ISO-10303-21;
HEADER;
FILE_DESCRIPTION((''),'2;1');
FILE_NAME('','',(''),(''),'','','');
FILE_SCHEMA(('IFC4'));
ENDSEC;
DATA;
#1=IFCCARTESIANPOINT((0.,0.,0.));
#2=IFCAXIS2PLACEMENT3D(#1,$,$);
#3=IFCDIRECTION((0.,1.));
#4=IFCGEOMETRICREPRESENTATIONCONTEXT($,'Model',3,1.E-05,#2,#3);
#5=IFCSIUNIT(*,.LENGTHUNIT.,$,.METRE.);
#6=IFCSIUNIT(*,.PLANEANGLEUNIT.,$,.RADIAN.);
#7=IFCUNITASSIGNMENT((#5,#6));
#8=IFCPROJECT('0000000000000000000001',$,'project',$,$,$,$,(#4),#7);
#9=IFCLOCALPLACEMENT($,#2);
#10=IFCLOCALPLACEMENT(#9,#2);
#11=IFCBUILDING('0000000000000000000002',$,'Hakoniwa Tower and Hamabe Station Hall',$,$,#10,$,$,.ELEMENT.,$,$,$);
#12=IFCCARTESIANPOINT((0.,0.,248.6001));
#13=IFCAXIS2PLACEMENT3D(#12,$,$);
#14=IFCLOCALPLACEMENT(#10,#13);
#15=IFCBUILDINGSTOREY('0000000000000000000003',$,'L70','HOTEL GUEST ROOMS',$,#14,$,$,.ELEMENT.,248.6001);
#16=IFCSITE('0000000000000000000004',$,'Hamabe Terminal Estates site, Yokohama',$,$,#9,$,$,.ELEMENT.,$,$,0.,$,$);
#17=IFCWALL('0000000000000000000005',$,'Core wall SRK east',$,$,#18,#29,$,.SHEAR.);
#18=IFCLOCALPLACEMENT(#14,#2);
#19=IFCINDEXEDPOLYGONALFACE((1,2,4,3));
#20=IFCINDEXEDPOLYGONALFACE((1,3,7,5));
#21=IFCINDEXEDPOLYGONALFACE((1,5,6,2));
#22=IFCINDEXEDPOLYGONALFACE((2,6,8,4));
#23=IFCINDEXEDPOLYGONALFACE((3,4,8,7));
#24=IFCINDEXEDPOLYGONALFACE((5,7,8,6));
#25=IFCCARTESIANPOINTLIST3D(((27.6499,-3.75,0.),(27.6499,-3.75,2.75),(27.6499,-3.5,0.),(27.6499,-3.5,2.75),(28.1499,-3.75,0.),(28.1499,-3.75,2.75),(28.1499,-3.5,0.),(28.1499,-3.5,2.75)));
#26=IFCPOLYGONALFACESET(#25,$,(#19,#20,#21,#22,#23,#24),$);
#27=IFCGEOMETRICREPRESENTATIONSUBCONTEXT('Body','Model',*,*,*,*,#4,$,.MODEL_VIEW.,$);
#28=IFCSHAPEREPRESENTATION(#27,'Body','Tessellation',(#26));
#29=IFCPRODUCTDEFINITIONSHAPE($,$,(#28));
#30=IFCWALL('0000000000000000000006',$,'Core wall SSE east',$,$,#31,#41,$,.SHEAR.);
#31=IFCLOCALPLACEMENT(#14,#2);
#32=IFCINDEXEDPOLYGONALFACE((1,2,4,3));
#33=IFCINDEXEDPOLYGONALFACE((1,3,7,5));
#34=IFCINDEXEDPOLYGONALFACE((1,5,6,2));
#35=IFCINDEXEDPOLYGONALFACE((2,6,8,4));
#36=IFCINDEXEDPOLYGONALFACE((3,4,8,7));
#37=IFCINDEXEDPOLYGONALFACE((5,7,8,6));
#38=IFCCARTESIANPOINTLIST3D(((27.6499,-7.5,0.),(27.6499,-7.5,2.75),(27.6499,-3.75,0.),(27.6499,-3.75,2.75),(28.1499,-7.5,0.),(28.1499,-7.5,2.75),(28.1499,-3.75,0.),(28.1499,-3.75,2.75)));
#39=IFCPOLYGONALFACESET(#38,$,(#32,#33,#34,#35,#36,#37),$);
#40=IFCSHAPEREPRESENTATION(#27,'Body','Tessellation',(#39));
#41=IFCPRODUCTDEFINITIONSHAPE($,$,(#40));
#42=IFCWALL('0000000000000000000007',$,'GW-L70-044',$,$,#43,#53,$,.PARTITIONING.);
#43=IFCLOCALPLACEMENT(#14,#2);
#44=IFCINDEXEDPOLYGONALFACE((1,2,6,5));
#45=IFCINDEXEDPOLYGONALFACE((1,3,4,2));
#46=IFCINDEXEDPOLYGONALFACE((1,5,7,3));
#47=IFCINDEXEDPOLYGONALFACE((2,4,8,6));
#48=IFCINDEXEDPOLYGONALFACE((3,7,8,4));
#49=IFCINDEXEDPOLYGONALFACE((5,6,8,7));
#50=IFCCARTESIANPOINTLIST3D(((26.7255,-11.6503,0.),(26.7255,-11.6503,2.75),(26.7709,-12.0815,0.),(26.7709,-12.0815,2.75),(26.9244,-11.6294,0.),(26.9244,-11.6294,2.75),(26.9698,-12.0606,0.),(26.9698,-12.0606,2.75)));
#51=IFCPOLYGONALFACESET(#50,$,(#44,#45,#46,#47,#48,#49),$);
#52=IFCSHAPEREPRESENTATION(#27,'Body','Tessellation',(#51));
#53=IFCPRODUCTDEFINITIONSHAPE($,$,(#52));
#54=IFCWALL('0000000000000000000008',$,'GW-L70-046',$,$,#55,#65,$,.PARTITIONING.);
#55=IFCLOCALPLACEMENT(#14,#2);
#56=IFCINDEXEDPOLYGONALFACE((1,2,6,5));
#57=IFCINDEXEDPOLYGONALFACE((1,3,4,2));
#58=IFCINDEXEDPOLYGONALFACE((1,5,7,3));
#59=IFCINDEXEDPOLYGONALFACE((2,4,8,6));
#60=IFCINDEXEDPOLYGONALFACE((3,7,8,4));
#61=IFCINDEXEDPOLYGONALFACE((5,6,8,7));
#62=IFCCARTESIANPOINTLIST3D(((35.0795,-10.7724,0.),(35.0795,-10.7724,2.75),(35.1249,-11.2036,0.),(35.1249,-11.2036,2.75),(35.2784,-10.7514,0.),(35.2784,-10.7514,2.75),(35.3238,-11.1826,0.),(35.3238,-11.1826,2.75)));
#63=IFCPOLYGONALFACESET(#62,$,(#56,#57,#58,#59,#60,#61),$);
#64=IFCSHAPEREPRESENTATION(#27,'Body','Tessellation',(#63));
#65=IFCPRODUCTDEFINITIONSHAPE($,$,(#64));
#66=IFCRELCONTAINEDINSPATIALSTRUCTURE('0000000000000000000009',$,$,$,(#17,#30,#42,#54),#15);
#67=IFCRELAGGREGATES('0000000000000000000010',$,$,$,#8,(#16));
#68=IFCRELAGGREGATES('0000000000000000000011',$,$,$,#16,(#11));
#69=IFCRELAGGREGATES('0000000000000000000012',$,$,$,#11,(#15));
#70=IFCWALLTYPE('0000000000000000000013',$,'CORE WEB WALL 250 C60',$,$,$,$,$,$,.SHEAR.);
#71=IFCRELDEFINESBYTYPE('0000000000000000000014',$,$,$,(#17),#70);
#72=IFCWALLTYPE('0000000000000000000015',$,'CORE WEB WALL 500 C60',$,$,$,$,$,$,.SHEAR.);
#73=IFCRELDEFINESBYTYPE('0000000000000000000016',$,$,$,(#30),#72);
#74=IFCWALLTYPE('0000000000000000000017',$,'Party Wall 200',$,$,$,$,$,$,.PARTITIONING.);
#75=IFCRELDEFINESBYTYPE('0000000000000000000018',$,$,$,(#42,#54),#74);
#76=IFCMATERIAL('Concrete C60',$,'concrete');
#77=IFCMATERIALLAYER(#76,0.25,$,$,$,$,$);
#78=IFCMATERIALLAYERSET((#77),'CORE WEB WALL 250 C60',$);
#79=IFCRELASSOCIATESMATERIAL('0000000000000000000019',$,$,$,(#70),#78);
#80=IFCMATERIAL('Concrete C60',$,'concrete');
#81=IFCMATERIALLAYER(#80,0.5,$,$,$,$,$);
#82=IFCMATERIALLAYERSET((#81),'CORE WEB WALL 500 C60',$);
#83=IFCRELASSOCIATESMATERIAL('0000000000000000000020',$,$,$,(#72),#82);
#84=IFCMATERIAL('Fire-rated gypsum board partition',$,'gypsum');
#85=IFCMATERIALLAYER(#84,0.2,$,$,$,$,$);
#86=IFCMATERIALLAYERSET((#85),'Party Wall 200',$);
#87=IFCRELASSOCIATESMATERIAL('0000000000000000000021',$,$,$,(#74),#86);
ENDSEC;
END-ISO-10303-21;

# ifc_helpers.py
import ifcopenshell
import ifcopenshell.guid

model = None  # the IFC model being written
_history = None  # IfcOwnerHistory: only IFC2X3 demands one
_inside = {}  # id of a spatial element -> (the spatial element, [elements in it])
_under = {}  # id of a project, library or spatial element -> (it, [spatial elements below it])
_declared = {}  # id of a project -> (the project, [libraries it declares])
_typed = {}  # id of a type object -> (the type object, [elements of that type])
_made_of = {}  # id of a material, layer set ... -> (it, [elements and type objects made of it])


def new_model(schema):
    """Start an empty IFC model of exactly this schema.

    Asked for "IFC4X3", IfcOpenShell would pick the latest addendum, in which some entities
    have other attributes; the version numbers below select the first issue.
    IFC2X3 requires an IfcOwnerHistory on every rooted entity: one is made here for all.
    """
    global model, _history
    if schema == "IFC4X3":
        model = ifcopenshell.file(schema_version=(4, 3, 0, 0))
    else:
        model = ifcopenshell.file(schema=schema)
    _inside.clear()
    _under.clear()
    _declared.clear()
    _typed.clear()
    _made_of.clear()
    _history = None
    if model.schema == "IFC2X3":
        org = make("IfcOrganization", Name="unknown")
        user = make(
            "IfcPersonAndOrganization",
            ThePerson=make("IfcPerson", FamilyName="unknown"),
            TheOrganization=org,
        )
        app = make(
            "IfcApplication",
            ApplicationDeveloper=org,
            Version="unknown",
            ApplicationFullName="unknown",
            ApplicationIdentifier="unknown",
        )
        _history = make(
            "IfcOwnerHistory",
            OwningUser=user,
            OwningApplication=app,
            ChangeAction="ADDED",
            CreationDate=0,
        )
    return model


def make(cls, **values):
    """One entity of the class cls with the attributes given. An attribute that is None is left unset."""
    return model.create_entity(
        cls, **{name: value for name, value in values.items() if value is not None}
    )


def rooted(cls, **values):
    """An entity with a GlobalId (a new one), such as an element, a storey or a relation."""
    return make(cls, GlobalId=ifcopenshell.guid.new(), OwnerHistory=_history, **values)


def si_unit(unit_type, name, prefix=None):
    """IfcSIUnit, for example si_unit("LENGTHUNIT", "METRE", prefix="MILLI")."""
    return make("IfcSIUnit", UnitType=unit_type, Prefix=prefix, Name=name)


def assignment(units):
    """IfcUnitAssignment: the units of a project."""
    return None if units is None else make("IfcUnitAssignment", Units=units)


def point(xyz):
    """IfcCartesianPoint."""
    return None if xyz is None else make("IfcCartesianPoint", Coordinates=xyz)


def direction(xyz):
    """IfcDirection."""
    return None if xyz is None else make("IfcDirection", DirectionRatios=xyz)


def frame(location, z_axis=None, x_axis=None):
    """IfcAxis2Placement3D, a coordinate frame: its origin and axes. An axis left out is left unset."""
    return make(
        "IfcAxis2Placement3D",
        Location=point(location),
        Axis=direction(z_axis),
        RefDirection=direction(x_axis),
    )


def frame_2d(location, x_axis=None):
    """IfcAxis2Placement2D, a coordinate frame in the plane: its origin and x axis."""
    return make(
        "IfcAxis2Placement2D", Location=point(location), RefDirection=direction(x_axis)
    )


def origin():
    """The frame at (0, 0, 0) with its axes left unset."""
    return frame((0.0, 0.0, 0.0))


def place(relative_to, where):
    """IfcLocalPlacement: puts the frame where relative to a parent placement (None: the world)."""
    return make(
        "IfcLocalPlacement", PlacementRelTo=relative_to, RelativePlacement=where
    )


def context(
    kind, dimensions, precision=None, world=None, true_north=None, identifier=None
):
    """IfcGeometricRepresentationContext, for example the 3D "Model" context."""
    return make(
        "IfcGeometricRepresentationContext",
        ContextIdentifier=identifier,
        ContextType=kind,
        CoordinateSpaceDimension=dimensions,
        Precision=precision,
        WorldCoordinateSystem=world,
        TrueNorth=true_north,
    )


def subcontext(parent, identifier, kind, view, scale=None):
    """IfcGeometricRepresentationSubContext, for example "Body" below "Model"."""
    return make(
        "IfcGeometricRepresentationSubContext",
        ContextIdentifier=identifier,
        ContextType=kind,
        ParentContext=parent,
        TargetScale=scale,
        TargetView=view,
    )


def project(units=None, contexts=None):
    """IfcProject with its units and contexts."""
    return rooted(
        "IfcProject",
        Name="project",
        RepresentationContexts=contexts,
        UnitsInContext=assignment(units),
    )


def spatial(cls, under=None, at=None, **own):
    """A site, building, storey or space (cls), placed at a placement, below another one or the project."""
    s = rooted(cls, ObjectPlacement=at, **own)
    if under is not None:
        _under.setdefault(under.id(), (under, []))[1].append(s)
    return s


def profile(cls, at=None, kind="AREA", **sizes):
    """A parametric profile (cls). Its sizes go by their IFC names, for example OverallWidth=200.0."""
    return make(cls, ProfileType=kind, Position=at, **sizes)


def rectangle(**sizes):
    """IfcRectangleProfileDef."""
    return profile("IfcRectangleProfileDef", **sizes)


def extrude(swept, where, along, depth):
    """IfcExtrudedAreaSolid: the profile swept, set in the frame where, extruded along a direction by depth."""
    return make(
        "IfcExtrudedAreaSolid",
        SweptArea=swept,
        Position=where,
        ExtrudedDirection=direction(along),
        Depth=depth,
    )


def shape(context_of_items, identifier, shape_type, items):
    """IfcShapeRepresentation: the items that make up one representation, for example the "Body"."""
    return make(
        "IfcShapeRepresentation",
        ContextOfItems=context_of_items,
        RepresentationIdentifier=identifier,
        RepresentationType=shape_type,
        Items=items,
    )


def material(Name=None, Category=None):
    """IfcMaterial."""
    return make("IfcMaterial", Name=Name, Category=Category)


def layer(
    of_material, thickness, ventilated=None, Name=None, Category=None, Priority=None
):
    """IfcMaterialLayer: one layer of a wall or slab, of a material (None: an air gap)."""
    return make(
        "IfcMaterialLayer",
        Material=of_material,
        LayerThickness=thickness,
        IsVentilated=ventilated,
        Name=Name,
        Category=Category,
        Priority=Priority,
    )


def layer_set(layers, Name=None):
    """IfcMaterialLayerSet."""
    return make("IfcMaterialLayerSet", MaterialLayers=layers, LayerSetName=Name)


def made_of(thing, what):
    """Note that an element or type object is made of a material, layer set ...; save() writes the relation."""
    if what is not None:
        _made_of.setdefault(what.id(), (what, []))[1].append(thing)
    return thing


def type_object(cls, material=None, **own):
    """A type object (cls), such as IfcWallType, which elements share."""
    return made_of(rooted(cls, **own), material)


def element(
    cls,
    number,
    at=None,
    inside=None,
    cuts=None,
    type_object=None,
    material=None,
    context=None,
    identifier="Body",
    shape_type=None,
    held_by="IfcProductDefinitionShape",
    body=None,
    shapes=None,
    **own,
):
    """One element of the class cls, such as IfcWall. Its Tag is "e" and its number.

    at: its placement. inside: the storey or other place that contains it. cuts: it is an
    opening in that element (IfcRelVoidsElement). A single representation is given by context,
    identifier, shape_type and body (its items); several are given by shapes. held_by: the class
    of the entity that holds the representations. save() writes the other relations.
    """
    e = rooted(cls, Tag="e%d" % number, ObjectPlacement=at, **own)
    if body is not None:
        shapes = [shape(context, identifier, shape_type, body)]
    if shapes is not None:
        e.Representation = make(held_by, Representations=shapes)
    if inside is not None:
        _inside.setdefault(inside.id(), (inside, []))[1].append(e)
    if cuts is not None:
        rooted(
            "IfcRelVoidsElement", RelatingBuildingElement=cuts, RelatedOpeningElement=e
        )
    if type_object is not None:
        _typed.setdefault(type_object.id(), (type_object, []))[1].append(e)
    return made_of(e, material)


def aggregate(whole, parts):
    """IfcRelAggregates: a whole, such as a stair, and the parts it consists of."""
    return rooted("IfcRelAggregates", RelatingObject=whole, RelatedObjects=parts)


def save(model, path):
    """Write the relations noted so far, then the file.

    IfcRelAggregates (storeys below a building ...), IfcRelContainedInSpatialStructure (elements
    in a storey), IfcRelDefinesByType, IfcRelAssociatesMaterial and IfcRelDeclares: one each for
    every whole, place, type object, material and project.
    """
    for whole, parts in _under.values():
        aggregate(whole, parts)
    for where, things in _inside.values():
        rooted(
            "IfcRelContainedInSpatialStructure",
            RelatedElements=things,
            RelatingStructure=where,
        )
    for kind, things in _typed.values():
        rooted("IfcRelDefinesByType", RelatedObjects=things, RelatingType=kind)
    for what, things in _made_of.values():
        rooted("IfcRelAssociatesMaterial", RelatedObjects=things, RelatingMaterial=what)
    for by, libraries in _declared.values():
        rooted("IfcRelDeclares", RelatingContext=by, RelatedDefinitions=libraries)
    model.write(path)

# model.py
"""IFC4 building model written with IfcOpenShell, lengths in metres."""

from ifc_helpers import new_model, si_unit, direction, frame, frame_2d, origin, place, context, subcontext, project, spatial, rectangle, extrude, material, layer, layer_set, type_object, element, save


model = new_model("IFC4")

# Units and contexts
model_context = context("Model", 3, precision=1e-05, world=origin(), true_north=direction((0.0, 1.0)))
body_context = subcontext(model_context, "Body", "Model", "MODEL_VIEW")
ifc_project = project(units=[si_unit("LENGTHUNIT", "METRE"), si_unit("PLANEANGLEUNIT", "RADIAN")], contexts=[model_context])

# Site, building, storey
site_placement = place(None, origin())
site = spatial("IfcSite", under=ifc_project, at=site_placement, Name="Hamabe Terminal Estates site, Yokohama", CompositionType="ELEMENT", RefElevation=0.0)
building_placement = place(site_placement, origin())
building = spatial("IfcBuilding", under=site, at=building_placement, Name="Hakoniwa Tower and Hamabe Station Hall", CompositionType="ELEMENT")
storey_placement = place(building_placement, frame((0.0, 0.0, 248.6001)))
storey = spatial("IfcBuildingStorey", under=building, at=storey_placement, Name="L70", Description="HOTEL GUEST ROOMS", CompositionType="ELEMENT", Elevation=248.6001)

# Shared definitions
ifc_material_1 = material(Name="Concrete C60", Category="concrete")
ifc_layer_1 = layer(ifc_material_1, 0.25)
ifc_layer_set_1 = layer_set([ifc_layer_1], Name="CORE WEB WALL 250 C60")
wall_type_1 = type_object("IfcWallType", Name="CORE WEB WALL 250 C60", PredefinedType="SHEAR", material=ifc_layer_set_1)

# Walls
wall_1_placement = place(storey_placement, frame((27.6499, -3.625, 0.0), z_axis=(0.0, 0.0, 1.0), x_axis=(1.0, 0.0, 0.0)))
element("IfcWall", 1, at=wall_1_placement, inside=storey, type_object=wall_type_1, Name="Core wall SRK east", PredefinedType="SHEAR", context=body_context, shape_type="SweptSolid", body=[
    extrude(rectangle(XDim=0.5, YDim=0.25, at=frame_2d((0.25, 0.0))), origin(), (0.0, 0.0, 1.0), 2.75),
])
ifc_material_2 = material(Name="Concrete C60", Category="concrete")
ifc_layer_2 = layer(ifc_material_2, 0.5)
ifc_layer_set_2 = layer_set([ifc_layer_2], Name="CORE WEB WALL 500 C60")
wall_type_2 = type_object("IfcWallType", Name="CORE WEB WALL 500 C60", PredefinedType="SHEAR", material=ifc_layer_set_2)
wall_2_placement = place(storey_placement, frame((27.8999, -7.5, 0.0), z_axis=(0.0, 0.0, 1.0), x_axis=(0.0, 1.0, 0.0)))
element("IfcWall", 2, at=wall_2_placement, inside=storey, type_object=wall_type_2, Name="Core wall SSE east", PredefinedType="SHEAR", context=body_context, shape_type="SweptSolid", body=[
    extrude(rectangle(XDim=3.75, YDim=0.5, at=frame_2d((1.875, 0.0))), origin(), (0.0, 0.0, 1.0), 2.75),
])
ifc_material_3 = material(Name="Fire-rated gypsum board partition", Category="gypsum")
ifc_layer_3 = layer(ifc_material_3, 0.2)
ifc_layer_set_3 = layer_set([ifc_layer_3], Name="Party Wall 200")
wall_type_3 = type_object("IfcWallType", Name="Party Wall 200", PredefinedType="PARTITIONING", material=ifc_layer_set_3)
for number, where, z_axis, x_axis, name in (
    (3, (26.8704, -12.071, 0.0), (0.0, 0.0, 1.0), (-0.104743, 0.994499, 0.0), "GW-L70-044"),
    (4, (35.2244, -11.1931, 0.0), (0.0, 0.0, 1.0), (-0.104743, 0.994499, 0.0), "GW-L70-046"),
):
    element("IfcWall", number, at=place(storey_placement, frame(where, z_axis=z_axis, x_axis=x_axis)), inside=storey, type_object=wall_type_3, Name=name, PredefinedType="PARTITIONING", context=body_context, shape_type="SweptSolid", body=[
        extrude(rectangle(XDim=0.4336, YDim=0.2, at=frame_2d((0.2168, 0.0))), origin(), (0.0, 0.0, 1.0), 2.75),
    ])

save(model, "model.ifc")
